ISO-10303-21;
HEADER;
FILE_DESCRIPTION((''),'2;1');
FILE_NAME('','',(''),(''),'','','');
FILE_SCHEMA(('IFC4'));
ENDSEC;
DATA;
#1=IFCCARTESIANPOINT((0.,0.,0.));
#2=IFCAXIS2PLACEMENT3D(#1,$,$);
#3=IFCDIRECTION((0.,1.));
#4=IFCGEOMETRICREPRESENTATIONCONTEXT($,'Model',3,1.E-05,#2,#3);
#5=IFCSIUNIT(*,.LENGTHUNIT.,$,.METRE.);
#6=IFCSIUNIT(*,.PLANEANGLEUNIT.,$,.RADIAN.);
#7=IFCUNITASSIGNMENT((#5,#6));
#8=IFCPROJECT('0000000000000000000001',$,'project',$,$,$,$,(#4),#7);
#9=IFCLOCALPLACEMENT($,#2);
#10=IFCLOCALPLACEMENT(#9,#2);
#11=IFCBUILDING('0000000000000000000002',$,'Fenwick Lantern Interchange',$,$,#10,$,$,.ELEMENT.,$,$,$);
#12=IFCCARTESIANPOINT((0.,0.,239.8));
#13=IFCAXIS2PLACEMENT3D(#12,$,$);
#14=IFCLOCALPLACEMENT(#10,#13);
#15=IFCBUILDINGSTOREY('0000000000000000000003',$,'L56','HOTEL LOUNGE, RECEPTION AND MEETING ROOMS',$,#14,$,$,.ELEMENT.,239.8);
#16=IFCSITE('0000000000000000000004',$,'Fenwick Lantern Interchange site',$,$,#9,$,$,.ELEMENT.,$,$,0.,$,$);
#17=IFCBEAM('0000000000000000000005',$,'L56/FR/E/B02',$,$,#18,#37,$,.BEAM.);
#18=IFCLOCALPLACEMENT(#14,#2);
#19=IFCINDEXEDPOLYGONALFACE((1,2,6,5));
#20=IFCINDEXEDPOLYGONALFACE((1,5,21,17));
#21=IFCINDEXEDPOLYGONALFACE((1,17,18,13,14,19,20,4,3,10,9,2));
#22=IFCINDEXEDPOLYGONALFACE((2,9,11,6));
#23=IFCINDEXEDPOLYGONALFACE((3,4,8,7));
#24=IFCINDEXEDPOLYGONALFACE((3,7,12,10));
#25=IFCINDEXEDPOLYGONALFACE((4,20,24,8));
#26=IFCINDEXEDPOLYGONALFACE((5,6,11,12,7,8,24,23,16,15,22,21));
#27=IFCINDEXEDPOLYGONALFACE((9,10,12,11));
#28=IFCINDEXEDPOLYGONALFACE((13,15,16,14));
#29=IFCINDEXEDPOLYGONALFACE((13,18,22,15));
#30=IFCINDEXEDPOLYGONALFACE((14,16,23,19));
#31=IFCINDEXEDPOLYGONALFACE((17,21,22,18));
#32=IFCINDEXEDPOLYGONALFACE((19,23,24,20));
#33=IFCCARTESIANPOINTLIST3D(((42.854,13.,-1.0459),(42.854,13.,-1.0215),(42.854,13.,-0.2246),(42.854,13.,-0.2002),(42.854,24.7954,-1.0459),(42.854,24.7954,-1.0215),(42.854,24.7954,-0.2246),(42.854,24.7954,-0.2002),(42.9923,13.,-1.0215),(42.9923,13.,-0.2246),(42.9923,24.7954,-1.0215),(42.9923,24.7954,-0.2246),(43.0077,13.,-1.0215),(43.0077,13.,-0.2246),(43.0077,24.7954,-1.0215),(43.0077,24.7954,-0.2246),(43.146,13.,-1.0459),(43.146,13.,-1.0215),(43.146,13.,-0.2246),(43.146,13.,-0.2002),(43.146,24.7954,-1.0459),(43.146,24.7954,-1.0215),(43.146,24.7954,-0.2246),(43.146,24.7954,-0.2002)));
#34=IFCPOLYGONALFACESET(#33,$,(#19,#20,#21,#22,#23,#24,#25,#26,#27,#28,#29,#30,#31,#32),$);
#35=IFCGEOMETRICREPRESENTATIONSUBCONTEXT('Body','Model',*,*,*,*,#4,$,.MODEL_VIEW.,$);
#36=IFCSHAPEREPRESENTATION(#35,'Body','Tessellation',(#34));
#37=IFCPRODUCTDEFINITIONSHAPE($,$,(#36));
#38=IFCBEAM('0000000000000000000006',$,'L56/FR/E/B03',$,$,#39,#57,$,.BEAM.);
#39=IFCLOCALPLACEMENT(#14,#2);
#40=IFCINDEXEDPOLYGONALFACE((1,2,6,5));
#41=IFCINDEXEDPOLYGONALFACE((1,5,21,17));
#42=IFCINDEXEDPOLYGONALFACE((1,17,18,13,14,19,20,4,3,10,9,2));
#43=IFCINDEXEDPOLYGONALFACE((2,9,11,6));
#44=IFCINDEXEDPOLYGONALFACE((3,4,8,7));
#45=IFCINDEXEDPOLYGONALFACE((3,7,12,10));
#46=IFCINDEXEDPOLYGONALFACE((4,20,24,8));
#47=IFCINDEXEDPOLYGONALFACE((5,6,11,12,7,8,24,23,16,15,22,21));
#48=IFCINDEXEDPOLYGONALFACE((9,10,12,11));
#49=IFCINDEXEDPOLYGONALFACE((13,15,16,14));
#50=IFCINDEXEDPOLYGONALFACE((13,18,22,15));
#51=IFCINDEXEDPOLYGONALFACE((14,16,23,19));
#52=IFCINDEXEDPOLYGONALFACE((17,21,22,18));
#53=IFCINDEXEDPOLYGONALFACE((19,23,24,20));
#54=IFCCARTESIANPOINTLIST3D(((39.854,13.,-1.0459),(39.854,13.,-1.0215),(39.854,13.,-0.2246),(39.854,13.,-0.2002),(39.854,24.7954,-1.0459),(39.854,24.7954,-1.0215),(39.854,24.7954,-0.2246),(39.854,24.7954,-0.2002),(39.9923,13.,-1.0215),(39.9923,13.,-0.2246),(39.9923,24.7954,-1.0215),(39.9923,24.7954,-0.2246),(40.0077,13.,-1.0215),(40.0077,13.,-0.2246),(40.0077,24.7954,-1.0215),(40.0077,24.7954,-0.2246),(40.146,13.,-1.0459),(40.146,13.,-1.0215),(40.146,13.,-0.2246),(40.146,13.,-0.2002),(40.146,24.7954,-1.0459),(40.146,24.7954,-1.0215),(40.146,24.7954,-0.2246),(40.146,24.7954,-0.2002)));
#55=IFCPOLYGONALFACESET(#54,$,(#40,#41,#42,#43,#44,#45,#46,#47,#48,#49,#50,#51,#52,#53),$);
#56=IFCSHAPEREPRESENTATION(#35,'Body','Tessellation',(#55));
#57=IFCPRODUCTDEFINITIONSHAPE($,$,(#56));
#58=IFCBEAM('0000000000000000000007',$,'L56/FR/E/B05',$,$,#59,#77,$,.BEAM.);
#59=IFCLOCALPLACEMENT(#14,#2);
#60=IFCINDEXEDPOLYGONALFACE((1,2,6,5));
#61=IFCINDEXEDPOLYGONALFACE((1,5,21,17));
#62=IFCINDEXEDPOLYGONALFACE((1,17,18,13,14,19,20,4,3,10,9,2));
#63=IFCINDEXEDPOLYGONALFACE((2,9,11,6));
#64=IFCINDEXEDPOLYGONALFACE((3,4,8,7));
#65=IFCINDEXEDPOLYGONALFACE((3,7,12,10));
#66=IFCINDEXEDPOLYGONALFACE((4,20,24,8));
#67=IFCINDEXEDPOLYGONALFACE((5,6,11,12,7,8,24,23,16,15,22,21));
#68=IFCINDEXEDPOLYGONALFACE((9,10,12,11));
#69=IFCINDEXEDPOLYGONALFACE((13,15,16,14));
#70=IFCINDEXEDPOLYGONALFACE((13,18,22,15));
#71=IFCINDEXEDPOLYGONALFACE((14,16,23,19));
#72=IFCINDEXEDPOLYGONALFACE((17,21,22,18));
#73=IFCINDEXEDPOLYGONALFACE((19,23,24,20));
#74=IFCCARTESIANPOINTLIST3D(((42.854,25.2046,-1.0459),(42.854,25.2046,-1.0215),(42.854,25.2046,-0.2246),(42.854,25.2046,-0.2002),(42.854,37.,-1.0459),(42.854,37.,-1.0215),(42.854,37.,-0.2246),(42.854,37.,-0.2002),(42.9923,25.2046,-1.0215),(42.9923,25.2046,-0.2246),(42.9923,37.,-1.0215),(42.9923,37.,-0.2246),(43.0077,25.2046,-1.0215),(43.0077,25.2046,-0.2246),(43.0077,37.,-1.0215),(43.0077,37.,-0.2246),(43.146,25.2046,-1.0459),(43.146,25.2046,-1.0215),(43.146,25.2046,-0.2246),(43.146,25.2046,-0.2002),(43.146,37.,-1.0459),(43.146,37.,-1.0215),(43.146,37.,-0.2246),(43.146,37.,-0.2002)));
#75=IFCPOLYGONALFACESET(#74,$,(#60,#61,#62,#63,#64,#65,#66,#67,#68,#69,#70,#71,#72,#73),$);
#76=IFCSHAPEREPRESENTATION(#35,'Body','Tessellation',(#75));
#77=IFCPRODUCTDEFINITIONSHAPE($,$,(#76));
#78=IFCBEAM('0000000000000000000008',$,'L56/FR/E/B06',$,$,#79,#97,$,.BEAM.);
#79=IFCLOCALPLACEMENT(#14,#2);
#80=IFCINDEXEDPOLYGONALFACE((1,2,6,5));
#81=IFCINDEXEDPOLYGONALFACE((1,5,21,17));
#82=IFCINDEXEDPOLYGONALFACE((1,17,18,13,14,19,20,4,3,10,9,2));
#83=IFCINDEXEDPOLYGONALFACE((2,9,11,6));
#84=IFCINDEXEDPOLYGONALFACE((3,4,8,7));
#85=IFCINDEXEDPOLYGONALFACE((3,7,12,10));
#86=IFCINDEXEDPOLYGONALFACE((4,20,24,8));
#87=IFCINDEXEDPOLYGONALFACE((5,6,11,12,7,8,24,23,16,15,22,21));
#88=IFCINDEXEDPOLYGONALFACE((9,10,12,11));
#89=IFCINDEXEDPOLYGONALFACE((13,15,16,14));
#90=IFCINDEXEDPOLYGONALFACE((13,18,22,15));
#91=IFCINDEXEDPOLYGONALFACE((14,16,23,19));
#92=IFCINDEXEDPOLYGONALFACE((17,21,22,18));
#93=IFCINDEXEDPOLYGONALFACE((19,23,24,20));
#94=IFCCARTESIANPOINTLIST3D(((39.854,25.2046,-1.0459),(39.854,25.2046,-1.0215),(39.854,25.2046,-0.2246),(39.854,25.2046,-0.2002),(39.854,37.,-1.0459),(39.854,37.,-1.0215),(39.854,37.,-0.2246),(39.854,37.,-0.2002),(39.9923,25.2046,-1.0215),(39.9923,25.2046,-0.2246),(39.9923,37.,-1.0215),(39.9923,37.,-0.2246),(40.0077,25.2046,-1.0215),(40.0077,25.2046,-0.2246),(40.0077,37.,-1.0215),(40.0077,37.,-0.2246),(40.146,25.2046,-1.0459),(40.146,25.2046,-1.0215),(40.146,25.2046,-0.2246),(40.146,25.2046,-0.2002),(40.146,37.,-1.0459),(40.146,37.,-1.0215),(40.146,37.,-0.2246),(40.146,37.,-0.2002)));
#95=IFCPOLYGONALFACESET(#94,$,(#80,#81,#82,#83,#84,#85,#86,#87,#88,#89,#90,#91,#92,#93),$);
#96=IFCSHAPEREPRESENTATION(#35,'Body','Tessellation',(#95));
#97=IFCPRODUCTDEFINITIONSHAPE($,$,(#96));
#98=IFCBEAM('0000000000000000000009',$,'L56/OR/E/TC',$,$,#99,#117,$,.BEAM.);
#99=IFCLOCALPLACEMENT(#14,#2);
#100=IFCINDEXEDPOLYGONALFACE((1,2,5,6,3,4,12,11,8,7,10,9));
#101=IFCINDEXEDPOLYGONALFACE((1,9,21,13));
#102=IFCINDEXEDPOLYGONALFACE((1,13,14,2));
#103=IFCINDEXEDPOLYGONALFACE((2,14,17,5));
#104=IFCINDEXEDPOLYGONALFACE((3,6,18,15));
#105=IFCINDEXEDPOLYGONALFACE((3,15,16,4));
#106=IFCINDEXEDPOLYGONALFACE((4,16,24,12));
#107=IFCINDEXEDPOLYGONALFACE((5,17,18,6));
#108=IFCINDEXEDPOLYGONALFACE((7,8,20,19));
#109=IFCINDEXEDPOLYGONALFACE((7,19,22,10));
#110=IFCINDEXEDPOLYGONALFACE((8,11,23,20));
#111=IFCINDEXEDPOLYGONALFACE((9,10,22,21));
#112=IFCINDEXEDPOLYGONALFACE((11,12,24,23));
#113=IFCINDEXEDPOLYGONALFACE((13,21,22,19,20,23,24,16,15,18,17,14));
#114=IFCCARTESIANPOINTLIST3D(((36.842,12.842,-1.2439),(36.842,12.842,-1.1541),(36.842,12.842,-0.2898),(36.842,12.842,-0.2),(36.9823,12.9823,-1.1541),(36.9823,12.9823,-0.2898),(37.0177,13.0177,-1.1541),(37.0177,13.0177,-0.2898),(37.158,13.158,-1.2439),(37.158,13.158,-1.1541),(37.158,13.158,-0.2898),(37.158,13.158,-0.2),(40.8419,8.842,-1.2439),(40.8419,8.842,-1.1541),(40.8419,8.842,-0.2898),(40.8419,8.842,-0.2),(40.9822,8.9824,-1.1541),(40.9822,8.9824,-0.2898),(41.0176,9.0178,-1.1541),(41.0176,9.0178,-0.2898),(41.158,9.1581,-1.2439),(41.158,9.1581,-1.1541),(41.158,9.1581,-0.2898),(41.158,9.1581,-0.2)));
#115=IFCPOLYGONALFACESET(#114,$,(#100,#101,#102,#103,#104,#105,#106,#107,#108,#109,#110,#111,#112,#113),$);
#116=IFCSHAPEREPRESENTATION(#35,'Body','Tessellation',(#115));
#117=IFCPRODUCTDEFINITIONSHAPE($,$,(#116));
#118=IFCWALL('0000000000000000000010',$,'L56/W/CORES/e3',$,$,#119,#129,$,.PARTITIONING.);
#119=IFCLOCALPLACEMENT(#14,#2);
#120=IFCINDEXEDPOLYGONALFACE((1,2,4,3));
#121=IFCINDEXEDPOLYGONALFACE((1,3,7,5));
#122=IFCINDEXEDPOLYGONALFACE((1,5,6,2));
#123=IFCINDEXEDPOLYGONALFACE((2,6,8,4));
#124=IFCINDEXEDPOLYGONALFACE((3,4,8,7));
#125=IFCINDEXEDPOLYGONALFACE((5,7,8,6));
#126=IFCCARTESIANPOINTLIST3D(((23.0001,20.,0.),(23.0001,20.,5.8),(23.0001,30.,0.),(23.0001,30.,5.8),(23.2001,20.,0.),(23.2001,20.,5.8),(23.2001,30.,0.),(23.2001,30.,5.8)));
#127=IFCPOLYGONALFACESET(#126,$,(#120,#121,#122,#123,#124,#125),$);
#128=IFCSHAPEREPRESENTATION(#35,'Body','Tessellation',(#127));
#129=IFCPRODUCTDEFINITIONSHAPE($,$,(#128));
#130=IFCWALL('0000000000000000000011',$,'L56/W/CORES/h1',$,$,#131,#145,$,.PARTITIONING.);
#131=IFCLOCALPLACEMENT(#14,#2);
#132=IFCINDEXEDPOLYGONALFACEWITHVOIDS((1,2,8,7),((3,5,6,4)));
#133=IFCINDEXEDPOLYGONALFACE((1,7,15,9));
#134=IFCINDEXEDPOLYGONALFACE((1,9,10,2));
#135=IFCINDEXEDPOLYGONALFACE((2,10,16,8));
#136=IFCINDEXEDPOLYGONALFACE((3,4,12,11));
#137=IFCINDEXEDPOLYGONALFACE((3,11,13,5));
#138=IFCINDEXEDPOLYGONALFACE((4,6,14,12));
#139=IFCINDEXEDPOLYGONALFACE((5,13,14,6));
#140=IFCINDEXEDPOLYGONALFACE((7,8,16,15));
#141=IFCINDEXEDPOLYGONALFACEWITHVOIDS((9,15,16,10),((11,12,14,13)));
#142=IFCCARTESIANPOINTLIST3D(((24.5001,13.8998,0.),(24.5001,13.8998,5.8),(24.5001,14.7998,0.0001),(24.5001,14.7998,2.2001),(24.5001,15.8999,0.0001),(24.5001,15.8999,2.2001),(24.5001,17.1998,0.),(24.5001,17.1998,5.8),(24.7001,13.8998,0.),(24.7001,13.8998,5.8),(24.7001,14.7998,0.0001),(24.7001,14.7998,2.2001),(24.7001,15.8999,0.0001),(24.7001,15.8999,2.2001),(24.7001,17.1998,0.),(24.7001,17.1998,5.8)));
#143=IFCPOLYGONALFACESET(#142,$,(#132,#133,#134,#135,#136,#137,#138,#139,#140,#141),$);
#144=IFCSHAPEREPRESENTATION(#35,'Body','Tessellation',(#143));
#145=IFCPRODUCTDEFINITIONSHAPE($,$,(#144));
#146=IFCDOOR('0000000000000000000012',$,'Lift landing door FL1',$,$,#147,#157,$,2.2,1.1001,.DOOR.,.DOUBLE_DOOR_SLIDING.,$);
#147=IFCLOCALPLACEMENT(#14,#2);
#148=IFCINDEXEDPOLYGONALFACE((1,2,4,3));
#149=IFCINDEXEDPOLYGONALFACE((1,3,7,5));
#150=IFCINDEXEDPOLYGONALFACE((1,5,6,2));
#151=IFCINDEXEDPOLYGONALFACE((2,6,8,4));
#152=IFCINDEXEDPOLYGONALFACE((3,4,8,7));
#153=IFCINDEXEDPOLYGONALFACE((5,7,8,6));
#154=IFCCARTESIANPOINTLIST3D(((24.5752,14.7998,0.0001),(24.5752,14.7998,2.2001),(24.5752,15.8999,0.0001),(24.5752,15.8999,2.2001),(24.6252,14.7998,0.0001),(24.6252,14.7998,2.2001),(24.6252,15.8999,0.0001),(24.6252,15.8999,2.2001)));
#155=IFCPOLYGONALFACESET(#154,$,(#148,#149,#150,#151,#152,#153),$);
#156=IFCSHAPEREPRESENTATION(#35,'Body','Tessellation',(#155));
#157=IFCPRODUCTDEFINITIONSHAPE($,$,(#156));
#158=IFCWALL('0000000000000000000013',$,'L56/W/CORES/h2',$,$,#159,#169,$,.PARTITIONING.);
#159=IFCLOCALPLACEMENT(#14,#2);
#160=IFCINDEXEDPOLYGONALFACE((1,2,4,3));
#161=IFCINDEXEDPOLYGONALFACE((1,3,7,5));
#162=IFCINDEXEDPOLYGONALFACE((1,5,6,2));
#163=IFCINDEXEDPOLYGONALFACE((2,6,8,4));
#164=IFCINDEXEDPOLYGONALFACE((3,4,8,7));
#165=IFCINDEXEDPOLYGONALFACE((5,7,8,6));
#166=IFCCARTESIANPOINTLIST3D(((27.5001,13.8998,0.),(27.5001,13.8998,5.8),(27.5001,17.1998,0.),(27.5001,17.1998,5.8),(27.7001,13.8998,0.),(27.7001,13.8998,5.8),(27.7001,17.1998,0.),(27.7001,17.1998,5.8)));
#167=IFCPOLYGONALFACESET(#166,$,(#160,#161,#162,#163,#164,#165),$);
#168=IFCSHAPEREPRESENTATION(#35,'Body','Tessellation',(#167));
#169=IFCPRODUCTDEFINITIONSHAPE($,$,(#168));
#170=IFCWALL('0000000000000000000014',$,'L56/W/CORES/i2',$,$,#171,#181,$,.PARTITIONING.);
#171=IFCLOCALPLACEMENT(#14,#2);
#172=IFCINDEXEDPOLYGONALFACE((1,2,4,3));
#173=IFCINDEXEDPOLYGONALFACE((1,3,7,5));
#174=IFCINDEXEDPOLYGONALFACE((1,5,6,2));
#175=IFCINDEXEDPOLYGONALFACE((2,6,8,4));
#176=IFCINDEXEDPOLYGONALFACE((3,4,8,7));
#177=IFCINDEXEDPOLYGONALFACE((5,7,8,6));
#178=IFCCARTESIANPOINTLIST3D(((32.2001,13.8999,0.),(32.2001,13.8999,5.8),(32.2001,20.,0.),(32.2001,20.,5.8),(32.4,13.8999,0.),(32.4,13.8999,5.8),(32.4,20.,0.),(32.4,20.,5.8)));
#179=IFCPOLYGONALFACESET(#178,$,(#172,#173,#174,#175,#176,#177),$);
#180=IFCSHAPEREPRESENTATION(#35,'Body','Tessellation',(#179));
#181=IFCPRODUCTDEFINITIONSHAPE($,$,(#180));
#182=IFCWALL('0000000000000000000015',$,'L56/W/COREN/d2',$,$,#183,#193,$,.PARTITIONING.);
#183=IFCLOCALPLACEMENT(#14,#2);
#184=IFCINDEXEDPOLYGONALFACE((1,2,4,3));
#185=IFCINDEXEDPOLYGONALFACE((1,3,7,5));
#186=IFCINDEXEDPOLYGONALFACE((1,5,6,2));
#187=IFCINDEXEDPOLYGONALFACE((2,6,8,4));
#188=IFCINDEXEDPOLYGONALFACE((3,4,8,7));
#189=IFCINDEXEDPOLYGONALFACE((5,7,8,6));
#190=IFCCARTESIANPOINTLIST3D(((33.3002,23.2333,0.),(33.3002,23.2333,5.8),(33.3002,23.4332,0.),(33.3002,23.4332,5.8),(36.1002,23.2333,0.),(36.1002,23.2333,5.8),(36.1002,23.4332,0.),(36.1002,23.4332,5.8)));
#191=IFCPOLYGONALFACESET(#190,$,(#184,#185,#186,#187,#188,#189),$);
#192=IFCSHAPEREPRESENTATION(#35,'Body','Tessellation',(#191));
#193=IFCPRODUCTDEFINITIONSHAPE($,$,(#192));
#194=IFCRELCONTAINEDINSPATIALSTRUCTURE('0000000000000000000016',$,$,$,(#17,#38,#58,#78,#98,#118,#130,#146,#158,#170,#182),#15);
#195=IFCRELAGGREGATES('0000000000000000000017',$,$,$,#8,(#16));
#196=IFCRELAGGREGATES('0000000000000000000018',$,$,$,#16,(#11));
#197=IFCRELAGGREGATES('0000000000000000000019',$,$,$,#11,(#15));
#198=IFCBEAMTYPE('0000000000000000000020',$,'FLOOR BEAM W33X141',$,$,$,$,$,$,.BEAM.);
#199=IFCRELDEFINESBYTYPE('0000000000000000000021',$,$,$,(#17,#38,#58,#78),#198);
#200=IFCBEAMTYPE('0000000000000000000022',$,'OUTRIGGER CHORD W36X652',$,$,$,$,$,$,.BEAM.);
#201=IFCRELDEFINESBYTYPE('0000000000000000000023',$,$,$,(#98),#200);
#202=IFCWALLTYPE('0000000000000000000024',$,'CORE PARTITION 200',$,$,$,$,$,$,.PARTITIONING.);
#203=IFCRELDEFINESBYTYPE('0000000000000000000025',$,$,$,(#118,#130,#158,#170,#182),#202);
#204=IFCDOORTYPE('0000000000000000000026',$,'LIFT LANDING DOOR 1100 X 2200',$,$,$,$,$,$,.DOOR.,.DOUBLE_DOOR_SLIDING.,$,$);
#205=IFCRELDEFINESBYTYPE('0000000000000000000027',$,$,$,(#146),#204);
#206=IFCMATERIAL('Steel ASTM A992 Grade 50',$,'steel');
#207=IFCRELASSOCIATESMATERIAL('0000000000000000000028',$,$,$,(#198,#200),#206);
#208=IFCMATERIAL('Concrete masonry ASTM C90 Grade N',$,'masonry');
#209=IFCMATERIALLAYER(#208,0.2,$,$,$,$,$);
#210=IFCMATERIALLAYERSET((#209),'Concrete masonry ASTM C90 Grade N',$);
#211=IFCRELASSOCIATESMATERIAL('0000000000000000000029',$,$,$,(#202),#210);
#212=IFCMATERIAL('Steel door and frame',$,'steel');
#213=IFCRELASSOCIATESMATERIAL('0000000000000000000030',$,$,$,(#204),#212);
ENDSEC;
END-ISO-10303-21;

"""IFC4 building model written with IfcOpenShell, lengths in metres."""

from ifc_helpers import new_model, si_unit, direction, frame, frame_2d, origin, origin_2d, place, context, subcontext, project, spatial, rectangle, i_section, extrude, material, layer, layer_set, material_profile, profile_set, type_object, element, fill, save


model = new_model("IFC4")

# Units and contexts
model_context = context("Model", 3, precision=1e-05, world=origin(), true_north=direction((0.0, 1.0)))
body_context = subcontext(model_context, "Body", "Model", "MODEL_VIEW")
ifc_project = project(units=[si_unit("LENGTHUNIT", "METRE"), si_unit("PLANEANGLEUNIT", "RADIAN")], contexts=[model_context])

# Site, building, storey
site_placement = place(None, origin())
site = spatial("IfcSite", under=ifc_project, at=site_placement, Name="Fenwick Lantern Interchange site", CompositionType="ELEMENT", RefElevation=0.0)
building_placement = place(site_placement, origin())
building = spatial("IfcBuilding", under=site, at=building_placement, Name="Fenwick Lantern Interchange", CompositionType="ELEMENT")
storey_placement = place(building_placement, frame((0.0, 0.0, 239.8)))
storey = spatial("IfcBuildingStorey", under=building, at=storey_placement, Name="L56", Description="HOTEL LOUNGE, RECEPTION AND MEETING ROOMS", CompositionType="ELEMENT", Elevation=239.8)

# Beams
ifc_material_1 = material(Name="Steel ASTM A992 Grade 50", Category="steel")
ifc_material_profile_1 = material_profile(ifc_material_1, i_section(OverallWidth=0.292, OverallDepth=0.8457, WebThickness=0.0154, FlangeThickness=0.0244, at=origin_2d()), Name="W33X141")
ifc_profile_set_1 = profile_set([ifc_material_profile_1], Name="Steel ASTM A992 Grade 50")
beam_type_1 = type_object("IfcBeamType", Name="FLOOR BEAM W33X141", PredefinedType="BEAM", material=ifc_profile_set_1)
for number, where, z_axis, x_axis, name in (
    (1, (43.0, 13.0, -0.623), (0.0, 1.0, 0.0), (-1.0, 0.0, 0.0), "L56/FR/E/B02"),
    (2, (40.0, 13.0, -0.623), (0.0, 1.0, 0.0), (-1.0, 0.0, 0.0), "L56/FR/E/B03"),
    (3, (43.0, 25.2046, -0.623), (0.0, 1.0, 0.0), (-1.0, 0.0, 0.0), "L56/FR/E/B05"),
    (4, (40.0, 25.2046, -0.623), (0.0, 1.0, 0.0), (-1.0, 0.0, 0.0), "L56/FR/E/B06"),
):
    element("IfcBeam", number, at=place(storey_placement, frame(where, z_axis=z_axis, x_axis=x_axis)), inside=storey, type_object=beam_type_1, Name=name, PredefinedType="BEAM", context=body_context, shape_type="SweptSolid", body=[
        extrude(i_section(OverallWidth=0.292, OverallDepth=0.8457, WebThickness=0.0154, FlangeThickness=0.0244, at=origin_2d()), origin(), (0.0, 0.0, 1.0), 11.7954),
    ])
ifc_material_profile_2 = material_profile(ifc_material_1, i_section(OverallWidth=0.447, OverallDepth=1.0439, WebThickness=0.05, FlangeThickness=0.0898, at=origin_2d()), Name="W36X652")
ifc_profile_set_2 = profile_set([ifc_material_profile_2], Name="Steel ASTM A992 Grade 50")
beam_type_2 = type_object("IfcBeamType", Name="OUTRIGGER CHORD W36X652", PredefinedType="BEAM", material=ifc_profile_set_2)
beam_placement = place(storey_placement, frame((37.0, 13.0, -0.7219), z_axis=(0.707107, -0.707107, 0.0), x_axis=(0.707107, 0.707107, 0.0)))
element("IfcBeam", 5, at=beam_placement, inside=storey, type_object=beam_type_2, Name="L56/OR/E/TC", PredefinedType="BEAM", context=body_context, shape_type="SweptSolid", body=[
    extrude(i_section(OverallWidth=0.447, OverallDepth=1.0439, WebThickness=0.05, FlangeThickness=0.0898, at=origin_2d()), origin(), (0.0, 0.0, 1.0), 5.6567),
])

# Wall
ifc_material_2 = material(Name="Concrete masonry ASTM C90 Grade N", Category="masonry")
ifc_layer_1 = layer(ifc_material_2, 0.2)
ifc_layer_set_1 = layer_set([ifc_layer_1], Name="Concrete masonry ASTM C90 Grade N")
wall_type_1 = type_object("IfcWallType", Name="CORE PARTITION 200", PredefinedType="PARTITIONING", material=ifc_layer_set_1)
wall_1_placement = place(storey_placement, frame((23.1001, 20.0, 0.0), z_axis=(0.0, 0.0, 1.0), x_axis=(0.0, 1.0, 0.0)))
element("IfcWall", 6, at=wall_1_placement, inside=storey, type_object=wall_type_1, Name="L56/W/CORES/e3", PredefinedType="PARTITIONING", context=body_context, shape_type="SweptSolid", body=[
    extrude(rectangle(XDim=10.0, YDim=0.2, at=frame_2d((5.0, 0.0))), origin(), (0.0, 0.0, 1.0), 5.8),
])

# Wall, opening, door
wall_2_placement = place(storey_placement, frame((24.6001, 13.8999, 0.0), z_axis=(0.0, 0.0, 1.0), x_axis=(0.0, 1.0, 0.0)))
wall_2 = element("IfcWall", 7, at=wall_2_placement, inside=storey, type_object=wall_type_1, Name="L56/W/CORES/h1", PredefinedType="PARTITIONING", context=body_context, shape_type="SweptSolid", body=[
    extrude(rectangle(XDim=3.3, YDim=0.2, at=frame_2d((1.6499, 0.0))), origin(), (0.0, 0.0, 1.0), 5.8),
])
opening_1_placement = place(wall_2_placement, frame((0.8999, 0.0, 0.0)))
opening_1 = element("IfcOpeningElement", 8, at=opening_1_placement, cuts=wall_2, PredefinedType="OPENING", context=body_context, shape_type="SweptSolid", body=[
    extrude(rectangle(XDim=1.1001, YDim=2.2, at=frame_2d((0.55, 1.1001))), frame((0.0, 0.1099, 0.0), z_axis=(0.0, -1.0, 0.0), x_axis=(1.0, 0.0, 0.0)), (0.0, 0.0, 1.0), 0.22),
])
ifc_material_3 = material(Name="Steel door and frame", Category="steel")
door_type_1 = type_object("IfcDoorType", Name="LIFT LANDING DOOR 1100 X 2200", OperationType="DOUBLE_DOOR_SLIDING", PredefinedType="DOOR", material=ifc_material_3)
door_1_placement = place(opening_1_placement, origin())
door_1 = element("IfcDoor", 9, at=door_1_placement, inside=storey, type_object=door_type_1, Name="Lift landing door FL1", OperationType="DOUBLE_DOOR_SLIDING", OverallHeight=2.2, OverallWidth=1.1001, PredefinedType="DOOR", context=body_context, shape_type="SweptSolid", body=[
    extrude(rectangle(XDim=1.1001, YDim=2.2, at=frame_2d((0.55, 1.1001))), frame((0.0, 0.0249, 0.0), z_axis=(0.0, -1.0, 0.0), x_axis=(1.0, 0.0, 0.0)), (0.0, 0.0, 1.0), 0.05),
])
fill(opening_1, door_1)

# Walls
wall_3_placement = place(storey_placement, frame((27.6001, 13.8999, 0.0), z_axis=(0.0, 0.0, 1.0), x_axis=(0.0, 1.0, 0.0)))
element("IfcWall", 10, at=wall_3_placement, inside=storey, type_object=wall_type_1, Name="L56/W/CORES/h2", PredefinedType="PARTITIONING", context=body_context, shape_type="SweptSolid", body=[
    extrude(rectangle(XDim=3.3, YDim=0.2, at=frame_2d((1.6499, 0.0))), origin(), (0.0, 0.0, 1.0), 5.8),
])
wall_4_placement = place(storey_placement, frame((32.3, 13.8999, 0.0), z_axis=(0.0, 0.0, 1.0), x_axis=(0.0, 1.0, 0.0)))
element("IfcWall", 11, at=wall_4_placement, inside=storey, type_object=wall_type_1, Name="L56/W/CORES/i2", PredefinedType="PARTITIONING", context=body_context, shape_type="SweptSolid", body=[
    extrude(rectangle(XDim=6.1001, YDim=0.2, at=frame_2d((3.05, 0.0))), origin(), (0.0, 0.0, 1.0), 5.8),
])
for number, where, z_axis, x_axis, name in (
    (12, (36.1001, 23.3333, 0.0), (0.0, 0.0, 1.0), (-1.0, 0.0, 0.0), "L56/W/COREN/d2"),
):
    element("IfcWall", number, at=place(storey_placement, frame(where, z_axis=z_axis, x_axis=x_axis)), inside=storey, type_object=wall_type_1, Name=name, PredefinedType="PARTITIONING", context=body_context, shape_type="SweptSolid", body=[
        extrude(rectangle(XDim=2.8, YDim=0.2, at=frame_2d((1.3999, 0.0))), origin(), (0.0, 0.0, 1.0), 5.8),
    ])

save(model, "model.ifc")
